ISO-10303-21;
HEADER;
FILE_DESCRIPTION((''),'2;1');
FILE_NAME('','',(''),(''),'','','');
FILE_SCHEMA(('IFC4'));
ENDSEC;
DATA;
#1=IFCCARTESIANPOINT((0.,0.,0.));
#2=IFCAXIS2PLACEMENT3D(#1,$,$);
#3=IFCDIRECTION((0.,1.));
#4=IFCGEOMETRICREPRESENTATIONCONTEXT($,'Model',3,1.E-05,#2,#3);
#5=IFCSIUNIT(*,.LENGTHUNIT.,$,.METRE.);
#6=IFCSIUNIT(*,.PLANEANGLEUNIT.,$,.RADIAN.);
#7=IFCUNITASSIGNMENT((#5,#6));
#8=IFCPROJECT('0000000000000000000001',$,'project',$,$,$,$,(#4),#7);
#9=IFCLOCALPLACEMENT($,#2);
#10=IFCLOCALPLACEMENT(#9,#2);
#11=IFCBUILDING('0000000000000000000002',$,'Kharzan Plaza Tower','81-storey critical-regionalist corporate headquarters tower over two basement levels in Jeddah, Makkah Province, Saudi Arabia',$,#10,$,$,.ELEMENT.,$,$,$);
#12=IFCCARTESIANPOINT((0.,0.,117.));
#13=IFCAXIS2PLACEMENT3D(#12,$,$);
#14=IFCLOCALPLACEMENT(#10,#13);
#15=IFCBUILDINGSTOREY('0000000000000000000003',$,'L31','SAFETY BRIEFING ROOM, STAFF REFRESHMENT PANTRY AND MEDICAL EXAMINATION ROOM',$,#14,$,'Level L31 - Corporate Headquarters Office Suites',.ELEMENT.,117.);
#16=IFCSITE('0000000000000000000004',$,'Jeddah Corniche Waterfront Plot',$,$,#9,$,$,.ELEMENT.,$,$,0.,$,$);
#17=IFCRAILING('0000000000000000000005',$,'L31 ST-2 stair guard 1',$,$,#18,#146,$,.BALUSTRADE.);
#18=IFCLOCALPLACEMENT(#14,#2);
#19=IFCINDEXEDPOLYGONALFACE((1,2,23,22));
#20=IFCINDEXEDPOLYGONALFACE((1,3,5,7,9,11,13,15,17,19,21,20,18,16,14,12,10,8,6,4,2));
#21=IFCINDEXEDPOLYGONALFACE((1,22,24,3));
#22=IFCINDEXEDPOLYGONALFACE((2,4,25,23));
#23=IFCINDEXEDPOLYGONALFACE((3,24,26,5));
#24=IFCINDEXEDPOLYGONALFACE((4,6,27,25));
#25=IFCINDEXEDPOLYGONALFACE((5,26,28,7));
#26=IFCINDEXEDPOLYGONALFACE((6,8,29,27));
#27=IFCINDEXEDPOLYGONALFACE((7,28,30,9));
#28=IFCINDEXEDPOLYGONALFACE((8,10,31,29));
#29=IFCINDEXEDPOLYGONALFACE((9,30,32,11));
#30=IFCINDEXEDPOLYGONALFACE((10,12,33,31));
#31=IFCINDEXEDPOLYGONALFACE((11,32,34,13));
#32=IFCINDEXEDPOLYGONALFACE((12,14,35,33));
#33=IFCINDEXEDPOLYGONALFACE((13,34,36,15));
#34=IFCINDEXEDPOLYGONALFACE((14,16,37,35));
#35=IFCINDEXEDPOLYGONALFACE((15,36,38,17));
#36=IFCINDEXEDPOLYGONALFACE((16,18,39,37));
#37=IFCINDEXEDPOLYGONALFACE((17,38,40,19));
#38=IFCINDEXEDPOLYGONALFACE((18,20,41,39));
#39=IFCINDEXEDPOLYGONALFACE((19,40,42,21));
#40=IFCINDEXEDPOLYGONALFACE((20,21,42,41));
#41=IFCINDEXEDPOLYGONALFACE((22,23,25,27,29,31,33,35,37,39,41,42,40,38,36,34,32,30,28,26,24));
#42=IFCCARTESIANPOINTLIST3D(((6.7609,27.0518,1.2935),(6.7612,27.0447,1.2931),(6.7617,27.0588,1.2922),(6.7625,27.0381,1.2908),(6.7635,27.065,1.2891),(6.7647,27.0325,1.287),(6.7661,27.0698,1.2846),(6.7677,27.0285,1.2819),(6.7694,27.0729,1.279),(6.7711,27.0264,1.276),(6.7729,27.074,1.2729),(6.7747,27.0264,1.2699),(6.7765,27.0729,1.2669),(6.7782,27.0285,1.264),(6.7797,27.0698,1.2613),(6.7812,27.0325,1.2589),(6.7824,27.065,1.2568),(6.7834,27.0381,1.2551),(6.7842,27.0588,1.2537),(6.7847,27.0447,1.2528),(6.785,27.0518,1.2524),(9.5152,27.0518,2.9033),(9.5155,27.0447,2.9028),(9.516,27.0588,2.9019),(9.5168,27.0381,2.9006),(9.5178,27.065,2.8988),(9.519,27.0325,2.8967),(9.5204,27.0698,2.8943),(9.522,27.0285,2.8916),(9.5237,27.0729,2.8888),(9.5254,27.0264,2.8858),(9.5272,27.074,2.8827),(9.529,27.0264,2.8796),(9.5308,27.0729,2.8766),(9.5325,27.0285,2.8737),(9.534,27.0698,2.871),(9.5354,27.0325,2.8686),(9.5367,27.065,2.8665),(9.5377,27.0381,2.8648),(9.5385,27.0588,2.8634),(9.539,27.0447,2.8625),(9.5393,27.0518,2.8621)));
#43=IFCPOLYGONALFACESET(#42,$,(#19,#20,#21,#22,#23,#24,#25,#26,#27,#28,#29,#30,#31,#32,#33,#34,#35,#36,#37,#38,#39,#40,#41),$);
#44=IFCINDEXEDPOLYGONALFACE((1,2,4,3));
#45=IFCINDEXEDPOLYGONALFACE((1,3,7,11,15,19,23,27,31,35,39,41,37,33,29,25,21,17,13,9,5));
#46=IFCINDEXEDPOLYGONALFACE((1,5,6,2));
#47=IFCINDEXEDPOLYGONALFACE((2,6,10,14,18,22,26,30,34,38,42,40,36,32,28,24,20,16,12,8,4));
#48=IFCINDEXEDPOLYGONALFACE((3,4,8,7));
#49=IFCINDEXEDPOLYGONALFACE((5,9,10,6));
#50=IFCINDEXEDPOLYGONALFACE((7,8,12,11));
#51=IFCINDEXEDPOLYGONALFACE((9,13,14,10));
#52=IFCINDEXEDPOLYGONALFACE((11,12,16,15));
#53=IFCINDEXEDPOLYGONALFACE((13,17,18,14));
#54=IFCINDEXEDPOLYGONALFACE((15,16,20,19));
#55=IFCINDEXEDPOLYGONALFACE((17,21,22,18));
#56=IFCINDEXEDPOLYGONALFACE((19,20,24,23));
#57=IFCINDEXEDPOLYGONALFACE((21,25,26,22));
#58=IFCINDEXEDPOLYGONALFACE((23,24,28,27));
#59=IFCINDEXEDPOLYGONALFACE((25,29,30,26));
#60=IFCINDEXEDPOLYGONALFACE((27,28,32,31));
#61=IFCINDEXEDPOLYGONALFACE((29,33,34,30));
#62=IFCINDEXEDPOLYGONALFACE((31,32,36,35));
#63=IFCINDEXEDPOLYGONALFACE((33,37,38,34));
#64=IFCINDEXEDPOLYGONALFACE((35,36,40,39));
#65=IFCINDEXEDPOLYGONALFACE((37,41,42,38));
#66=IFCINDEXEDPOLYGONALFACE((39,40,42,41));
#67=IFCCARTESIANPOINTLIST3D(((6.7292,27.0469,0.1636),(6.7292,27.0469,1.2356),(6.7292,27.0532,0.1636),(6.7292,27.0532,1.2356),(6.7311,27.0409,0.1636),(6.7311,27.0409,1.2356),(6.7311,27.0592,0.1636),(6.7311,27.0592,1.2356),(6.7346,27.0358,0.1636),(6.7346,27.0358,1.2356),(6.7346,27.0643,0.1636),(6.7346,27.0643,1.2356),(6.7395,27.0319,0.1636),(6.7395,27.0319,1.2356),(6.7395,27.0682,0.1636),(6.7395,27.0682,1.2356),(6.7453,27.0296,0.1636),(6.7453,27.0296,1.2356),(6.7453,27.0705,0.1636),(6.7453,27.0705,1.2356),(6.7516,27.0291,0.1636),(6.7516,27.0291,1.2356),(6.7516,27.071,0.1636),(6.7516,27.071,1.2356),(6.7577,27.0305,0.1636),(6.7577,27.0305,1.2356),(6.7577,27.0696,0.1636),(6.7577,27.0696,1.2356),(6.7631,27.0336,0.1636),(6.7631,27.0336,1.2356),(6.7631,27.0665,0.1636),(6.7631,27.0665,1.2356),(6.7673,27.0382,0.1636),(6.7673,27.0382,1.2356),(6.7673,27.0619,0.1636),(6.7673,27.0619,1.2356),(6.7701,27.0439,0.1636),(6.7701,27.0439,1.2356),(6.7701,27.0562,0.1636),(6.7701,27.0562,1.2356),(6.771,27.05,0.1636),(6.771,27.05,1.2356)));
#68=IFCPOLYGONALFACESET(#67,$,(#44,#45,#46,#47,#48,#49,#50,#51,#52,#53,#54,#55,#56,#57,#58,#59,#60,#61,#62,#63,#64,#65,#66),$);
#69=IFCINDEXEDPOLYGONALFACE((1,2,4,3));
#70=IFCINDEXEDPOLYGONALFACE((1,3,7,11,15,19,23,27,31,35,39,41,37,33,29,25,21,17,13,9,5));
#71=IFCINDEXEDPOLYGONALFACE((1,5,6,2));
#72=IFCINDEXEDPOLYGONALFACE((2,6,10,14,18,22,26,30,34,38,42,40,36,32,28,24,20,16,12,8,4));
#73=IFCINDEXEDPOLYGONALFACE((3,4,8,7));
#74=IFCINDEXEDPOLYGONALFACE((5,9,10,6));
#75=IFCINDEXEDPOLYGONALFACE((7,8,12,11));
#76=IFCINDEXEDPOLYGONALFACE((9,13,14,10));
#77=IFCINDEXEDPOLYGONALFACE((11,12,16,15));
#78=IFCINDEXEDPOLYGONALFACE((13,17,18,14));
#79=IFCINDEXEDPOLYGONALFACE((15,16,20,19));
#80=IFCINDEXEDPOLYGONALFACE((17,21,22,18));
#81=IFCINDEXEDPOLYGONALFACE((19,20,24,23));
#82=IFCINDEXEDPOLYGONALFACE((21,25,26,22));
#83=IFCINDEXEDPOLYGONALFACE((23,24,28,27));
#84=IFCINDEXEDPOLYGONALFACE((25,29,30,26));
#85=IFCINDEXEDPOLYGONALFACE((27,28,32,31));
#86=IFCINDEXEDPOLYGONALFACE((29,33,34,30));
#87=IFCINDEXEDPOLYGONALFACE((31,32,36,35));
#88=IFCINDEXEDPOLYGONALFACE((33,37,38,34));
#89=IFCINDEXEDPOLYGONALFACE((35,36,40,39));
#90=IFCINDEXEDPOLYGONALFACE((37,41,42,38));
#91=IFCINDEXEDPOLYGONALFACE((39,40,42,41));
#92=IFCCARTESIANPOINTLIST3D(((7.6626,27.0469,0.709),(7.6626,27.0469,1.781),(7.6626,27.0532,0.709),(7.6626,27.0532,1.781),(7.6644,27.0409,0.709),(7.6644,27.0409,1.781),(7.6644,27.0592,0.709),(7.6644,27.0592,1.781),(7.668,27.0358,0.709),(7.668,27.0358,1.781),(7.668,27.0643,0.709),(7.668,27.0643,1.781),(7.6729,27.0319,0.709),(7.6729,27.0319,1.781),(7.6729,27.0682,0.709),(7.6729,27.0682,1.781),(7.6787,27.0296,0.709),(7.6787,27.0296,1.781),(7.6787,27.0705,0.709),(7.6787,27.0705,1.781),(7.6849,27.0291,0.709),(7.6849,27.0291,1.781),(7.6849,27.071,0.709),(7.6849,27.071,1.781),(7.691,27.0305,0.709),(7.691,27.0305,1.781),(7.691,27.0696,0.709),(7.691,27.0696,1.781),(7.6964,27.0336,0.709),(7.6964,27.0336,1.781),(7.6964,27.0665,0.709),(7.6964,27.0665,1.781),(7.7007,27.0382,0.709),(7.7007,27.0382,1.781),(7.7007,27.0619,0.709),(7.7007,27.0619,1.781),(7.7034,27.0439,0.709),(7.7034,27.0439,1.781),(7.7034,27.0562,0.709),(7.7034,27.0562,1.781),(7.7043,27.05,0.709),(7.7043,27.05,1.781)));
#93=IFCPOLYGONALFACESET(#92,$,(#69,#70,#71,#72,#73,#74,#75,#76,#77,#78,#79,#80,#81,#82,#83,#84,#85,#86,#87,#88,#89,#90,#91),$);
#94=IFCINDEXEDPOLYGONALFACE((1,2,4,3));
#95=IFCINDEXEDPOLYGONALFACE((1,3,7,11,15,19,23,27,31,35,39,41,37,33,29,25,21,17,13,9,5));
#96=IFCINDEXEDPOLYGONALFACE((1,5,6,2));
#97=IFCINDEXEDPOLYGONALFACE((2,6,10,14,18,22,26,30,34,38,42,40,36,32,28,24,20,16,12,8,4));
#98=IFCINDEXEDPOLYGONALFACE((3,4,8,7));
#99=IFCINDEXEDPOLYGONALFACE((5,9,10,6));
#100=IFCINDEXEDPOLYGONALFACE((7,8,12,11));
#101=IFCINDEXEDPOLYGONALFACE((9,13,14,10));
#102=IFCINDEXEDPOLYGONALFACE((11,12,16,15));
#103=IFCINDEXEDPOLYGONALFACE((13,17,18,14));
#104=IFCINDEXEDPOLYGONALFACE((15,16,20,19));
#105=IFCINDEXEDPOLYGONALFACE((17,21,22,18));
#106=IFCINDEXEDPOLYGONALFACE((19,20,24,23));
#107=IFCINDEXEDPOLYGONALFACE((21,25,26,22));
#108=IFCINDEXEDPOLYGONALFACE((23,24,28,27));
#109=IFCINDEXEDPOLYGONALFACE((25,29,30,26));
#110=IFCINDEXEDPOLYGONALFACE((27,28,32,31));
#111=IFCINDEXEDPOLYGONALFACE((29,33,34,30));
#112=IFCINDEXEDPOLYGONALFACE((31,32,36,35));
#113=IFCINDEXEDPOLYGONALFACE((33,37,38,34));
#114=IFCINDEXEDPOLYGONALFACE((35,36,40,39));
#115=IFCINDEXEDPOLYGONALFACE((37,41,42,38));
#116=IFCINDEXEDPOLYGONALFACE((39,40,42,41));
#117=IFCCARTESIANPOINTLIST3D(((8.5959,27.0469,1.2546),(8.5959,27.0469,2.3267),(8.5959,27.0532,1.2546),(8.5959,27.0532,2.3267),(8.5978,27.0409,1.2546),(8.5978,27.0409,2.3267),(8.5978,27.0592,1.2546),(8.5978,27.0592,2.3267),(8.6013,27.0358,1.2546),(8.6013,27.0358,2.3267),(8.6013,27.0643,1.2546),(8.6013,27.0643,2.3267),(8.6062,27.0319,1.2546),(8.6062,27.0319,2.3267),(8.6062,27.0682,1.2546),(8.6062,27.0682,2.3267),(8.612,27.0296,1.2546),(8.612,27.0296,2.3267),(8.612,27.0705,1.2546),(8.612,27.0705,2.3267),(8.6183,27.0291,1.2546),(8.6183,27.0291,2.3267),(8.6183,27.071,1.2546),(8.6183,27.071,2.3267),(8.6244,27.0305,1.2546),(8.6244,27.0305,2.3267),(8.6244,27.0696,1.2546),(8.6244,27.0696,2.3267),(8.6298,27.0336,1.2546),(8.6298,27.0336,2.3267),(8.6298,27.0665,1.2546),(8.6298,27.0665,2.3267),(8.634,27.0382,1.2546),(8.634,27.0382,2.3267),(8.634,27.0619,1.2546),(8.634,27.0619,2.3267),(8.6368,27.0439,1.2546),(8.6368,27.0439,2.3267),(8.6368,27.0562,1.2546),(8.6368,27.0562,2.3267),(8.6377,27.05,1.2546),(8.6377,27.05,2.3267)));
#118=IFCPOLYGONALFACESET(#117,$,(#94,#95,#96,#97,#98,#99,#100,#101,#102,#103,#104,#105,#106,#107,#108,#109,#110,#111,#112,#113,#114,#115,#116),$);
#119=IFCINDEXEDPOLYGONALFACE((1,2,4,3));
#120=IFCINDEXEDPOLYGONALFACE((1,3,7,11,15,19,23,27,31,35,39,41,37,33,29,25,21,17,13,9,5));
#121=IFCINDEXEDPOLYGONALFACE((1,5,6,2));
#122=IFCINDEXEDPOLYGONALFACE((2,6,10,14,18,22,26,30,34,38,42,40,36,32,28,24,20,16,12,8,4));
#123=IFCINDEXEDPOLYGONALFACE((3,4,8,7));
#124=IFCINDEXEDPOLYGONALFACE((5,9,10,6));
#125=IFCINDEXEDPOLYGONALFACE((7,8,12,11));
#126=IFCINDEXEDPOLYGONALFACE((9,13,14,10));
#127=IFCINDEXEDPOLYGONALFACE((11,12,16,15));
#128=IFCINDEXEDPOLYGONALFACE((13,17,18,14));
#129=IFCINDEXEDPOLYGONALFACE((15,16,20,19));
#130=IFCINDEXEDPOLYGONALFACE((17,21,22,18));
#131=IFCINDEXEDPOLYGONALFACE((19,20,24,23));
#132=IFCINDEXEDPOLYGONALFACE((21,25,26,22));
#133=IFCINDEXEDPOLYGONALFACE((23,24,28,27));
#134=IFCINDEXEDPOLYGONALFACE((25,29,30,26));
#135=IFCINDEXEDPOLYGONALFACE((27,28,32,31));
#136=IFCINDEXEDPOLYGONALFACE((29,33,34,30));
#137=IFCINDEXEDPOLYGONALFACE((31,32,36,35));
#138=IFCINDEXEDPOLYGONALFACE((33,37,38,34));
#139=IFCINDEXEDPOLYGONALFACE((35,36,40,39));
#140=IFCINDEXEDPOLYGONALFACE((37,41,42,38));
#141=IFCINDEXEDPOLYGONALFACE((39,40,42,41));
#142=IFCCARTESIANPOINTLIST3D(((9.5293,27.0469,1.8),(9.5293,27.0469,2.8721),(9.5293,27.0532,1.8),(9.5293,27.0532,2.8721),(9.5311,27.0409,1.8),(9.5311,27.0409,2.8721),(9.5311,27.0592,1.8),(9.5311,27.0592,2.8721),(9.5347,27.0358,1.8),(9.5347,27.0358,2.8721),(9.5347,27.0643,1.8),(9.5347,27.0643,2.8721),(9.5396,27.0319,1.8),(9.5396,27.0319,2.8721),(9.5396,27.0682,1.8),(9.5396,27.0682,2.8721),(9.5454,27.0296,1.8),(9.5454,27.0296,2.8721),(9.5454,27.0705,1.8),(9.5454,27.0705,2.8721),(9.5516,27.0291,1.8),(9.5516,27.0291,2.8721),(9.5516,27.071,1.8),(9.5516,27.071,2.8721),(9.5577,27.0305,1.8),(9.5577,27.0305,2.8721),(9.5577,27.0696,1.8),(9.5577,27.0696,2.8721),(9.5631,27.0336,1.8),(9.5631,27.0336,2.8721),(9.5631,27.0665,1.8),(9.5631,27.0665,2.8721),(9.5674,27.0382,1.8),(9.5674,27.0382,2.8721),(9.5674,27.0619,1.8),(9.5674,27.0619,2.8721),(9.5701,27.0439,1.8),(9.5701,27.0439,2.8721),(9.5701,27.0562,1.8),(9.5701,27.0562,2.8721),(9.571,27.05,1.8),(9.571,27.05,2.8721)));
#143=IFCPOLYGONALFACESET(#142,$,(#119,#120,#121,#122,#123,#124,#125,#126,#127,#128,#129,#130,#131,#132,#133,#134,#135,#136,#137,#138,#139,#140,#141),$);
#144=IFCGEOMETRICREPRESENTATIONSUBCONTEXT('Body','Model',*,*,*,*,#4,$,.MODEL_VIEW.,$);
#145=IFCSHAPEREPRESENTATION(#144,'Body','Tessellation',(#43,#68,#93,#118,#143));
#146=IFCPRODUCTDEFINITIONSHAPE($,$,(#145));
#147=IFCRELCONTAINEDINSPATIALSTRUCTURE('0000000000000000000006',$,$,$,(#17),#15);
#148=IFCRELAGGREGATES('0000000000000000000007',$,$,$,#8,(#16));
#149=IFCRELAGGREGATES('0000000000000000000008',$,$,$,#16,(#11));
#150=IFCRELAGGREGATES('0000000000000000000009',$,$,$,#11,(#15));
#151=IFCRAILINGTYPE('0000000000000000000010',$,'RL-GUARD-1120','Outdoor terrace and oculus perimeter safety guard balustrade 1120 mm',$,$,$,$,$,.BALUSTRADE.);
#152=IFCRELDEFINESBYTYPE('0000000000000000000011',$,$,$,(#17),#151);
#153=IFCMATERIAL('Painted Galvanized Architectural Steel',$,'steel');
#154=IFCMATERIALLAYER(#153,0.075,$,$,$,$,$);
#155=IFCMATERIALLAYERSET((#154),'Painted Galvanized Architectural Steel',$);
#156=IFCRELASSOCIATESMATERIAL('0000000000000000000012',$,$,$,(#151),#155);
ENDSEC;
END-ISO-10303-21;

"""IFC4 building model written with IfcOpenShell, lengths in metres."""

from ifc_helpers import new_model, si_unit, direction, frame, origin, origin_2d, place, context, subcontext, project, spatial, circle, extrude, source, transform, mapped, material, layer, layer_set, type_object, element, save


model = new_model("IFC4")

# Units and contexts
model_context = context("Model", 3, precision=1e-05, world=origin(), true_north=direction((0.0, 1.0)))
body_context = subcontext(model_context, "Body", "Model", "MODEL_VIEW")
ifc_project = project(units=[si_unit("LENGTHUNIT", "METRE"), si_unit("PLANEANGLEUNIT", "RADIAN")], contexts=[model_context])

# Site, building, storey
site_placement = place(None, origin())
site = spatial("IfcSite", under=ifc_project, at=site_placement, Name="Jeddah Corniche Waterfront Plot", CompositionType="ELEMENT", RefElevation=0.0)
building_placement = place(site_placement, origin())
building = spatial("IfcBuilding", under=site, at=building_placement, Name="Kharzan Plaza Tower", Description="81-storey critical-regionalist corporate headquarters tower over two basement levels in Jeddah, Makkah Province, Saudi Arabia", CompositionType="ELEMENT")
storey_placement = place(building_placement, frame((0.0, 0.0, 117.0)))
storey = spatial("IfcBuildingStorey", under=building, at=storey_placement, Name="L31", Description="SAFETY BRIEFING ROOM, STAFF REFRESHMENT PANTRY AND MEDICAL EXAMINATION ROOM", LongName="Level L31 - Corporate Headquarters Office Suites", CompositionType="ELEMENT", Elevation=117.0)

# Railing
ifc_material_1 = material(Name="Painted Galvanized Architectural Steel", Category="steel")
ifc_layer_1 = layer(ifc_material_1, 0.075)
ifc_layer_set_1 = layer_set([ifc_layer_1], Name="Painted Galvanized Architectural Steel")
railing_type_1 = type_object("IfcRailingType", Name="RL-GUARD-1120", Description="Outdoor terrace and oculus perimeter safety guard balustrade 1120 mm", PredefinedType="BALUSTRADE", material=ifc_layer_set_1)
shared_shape_1 = source(origin(), body_context, "Body", "SweptSolid", [
    extrude(circle(Radius=0.0239, at=origin_2d()), frame((0.0229, 0.0, 1.1094), z_axis=(0.863361, 0.0, 0.504587), x_axis=(0.0, 1.0, 0.0)), (0.0, 0.0, 1.0), 3.1902),
    extrude(circle(Radius=0.021, at=origin_2d()), origin(), (0.0, 0.0, 1.0), 1.072),
    extrude(circle(Radius=0.021, at=origin_2d()), frame((0.9333, 0.0, 0.5454)), (0.0, 0.0, 1.0), 1.072),
    extrude(circle(Radius=0.021, at=origin_2d()), frame((1.8667, 0.0, 1.0911)), (0.0, 0.0, 1.0), 1.072),
    extrude(circle(Radius=0.021, at=origin_2d()), frame((2.8, 0.0, 1.6365)), (0.0, 0.0, 1.0), 1.072),
])
railing_1_placement = place(storey_placement, frame((6.75, 27.05, 0.1636)))
element("IfcRailing", 1, at=railing_1_placement, inside=storey, type_object=railing_type_1, Name="L31 ST-2 stair guard 1", PredefinedType="BALUSTRADE", context=body_context, shape_type="MappedRepresentation", body=[
    mapped(shared_shape_1, transform((0.0, 0.0, 0.0), x_axis=(1.0, 0.0, 0.0), y_axis=(0.0, 1.0, 0.0), z_axis=(0.0, 0.0, 1.0))),
])

save(model, "model.ifc")
